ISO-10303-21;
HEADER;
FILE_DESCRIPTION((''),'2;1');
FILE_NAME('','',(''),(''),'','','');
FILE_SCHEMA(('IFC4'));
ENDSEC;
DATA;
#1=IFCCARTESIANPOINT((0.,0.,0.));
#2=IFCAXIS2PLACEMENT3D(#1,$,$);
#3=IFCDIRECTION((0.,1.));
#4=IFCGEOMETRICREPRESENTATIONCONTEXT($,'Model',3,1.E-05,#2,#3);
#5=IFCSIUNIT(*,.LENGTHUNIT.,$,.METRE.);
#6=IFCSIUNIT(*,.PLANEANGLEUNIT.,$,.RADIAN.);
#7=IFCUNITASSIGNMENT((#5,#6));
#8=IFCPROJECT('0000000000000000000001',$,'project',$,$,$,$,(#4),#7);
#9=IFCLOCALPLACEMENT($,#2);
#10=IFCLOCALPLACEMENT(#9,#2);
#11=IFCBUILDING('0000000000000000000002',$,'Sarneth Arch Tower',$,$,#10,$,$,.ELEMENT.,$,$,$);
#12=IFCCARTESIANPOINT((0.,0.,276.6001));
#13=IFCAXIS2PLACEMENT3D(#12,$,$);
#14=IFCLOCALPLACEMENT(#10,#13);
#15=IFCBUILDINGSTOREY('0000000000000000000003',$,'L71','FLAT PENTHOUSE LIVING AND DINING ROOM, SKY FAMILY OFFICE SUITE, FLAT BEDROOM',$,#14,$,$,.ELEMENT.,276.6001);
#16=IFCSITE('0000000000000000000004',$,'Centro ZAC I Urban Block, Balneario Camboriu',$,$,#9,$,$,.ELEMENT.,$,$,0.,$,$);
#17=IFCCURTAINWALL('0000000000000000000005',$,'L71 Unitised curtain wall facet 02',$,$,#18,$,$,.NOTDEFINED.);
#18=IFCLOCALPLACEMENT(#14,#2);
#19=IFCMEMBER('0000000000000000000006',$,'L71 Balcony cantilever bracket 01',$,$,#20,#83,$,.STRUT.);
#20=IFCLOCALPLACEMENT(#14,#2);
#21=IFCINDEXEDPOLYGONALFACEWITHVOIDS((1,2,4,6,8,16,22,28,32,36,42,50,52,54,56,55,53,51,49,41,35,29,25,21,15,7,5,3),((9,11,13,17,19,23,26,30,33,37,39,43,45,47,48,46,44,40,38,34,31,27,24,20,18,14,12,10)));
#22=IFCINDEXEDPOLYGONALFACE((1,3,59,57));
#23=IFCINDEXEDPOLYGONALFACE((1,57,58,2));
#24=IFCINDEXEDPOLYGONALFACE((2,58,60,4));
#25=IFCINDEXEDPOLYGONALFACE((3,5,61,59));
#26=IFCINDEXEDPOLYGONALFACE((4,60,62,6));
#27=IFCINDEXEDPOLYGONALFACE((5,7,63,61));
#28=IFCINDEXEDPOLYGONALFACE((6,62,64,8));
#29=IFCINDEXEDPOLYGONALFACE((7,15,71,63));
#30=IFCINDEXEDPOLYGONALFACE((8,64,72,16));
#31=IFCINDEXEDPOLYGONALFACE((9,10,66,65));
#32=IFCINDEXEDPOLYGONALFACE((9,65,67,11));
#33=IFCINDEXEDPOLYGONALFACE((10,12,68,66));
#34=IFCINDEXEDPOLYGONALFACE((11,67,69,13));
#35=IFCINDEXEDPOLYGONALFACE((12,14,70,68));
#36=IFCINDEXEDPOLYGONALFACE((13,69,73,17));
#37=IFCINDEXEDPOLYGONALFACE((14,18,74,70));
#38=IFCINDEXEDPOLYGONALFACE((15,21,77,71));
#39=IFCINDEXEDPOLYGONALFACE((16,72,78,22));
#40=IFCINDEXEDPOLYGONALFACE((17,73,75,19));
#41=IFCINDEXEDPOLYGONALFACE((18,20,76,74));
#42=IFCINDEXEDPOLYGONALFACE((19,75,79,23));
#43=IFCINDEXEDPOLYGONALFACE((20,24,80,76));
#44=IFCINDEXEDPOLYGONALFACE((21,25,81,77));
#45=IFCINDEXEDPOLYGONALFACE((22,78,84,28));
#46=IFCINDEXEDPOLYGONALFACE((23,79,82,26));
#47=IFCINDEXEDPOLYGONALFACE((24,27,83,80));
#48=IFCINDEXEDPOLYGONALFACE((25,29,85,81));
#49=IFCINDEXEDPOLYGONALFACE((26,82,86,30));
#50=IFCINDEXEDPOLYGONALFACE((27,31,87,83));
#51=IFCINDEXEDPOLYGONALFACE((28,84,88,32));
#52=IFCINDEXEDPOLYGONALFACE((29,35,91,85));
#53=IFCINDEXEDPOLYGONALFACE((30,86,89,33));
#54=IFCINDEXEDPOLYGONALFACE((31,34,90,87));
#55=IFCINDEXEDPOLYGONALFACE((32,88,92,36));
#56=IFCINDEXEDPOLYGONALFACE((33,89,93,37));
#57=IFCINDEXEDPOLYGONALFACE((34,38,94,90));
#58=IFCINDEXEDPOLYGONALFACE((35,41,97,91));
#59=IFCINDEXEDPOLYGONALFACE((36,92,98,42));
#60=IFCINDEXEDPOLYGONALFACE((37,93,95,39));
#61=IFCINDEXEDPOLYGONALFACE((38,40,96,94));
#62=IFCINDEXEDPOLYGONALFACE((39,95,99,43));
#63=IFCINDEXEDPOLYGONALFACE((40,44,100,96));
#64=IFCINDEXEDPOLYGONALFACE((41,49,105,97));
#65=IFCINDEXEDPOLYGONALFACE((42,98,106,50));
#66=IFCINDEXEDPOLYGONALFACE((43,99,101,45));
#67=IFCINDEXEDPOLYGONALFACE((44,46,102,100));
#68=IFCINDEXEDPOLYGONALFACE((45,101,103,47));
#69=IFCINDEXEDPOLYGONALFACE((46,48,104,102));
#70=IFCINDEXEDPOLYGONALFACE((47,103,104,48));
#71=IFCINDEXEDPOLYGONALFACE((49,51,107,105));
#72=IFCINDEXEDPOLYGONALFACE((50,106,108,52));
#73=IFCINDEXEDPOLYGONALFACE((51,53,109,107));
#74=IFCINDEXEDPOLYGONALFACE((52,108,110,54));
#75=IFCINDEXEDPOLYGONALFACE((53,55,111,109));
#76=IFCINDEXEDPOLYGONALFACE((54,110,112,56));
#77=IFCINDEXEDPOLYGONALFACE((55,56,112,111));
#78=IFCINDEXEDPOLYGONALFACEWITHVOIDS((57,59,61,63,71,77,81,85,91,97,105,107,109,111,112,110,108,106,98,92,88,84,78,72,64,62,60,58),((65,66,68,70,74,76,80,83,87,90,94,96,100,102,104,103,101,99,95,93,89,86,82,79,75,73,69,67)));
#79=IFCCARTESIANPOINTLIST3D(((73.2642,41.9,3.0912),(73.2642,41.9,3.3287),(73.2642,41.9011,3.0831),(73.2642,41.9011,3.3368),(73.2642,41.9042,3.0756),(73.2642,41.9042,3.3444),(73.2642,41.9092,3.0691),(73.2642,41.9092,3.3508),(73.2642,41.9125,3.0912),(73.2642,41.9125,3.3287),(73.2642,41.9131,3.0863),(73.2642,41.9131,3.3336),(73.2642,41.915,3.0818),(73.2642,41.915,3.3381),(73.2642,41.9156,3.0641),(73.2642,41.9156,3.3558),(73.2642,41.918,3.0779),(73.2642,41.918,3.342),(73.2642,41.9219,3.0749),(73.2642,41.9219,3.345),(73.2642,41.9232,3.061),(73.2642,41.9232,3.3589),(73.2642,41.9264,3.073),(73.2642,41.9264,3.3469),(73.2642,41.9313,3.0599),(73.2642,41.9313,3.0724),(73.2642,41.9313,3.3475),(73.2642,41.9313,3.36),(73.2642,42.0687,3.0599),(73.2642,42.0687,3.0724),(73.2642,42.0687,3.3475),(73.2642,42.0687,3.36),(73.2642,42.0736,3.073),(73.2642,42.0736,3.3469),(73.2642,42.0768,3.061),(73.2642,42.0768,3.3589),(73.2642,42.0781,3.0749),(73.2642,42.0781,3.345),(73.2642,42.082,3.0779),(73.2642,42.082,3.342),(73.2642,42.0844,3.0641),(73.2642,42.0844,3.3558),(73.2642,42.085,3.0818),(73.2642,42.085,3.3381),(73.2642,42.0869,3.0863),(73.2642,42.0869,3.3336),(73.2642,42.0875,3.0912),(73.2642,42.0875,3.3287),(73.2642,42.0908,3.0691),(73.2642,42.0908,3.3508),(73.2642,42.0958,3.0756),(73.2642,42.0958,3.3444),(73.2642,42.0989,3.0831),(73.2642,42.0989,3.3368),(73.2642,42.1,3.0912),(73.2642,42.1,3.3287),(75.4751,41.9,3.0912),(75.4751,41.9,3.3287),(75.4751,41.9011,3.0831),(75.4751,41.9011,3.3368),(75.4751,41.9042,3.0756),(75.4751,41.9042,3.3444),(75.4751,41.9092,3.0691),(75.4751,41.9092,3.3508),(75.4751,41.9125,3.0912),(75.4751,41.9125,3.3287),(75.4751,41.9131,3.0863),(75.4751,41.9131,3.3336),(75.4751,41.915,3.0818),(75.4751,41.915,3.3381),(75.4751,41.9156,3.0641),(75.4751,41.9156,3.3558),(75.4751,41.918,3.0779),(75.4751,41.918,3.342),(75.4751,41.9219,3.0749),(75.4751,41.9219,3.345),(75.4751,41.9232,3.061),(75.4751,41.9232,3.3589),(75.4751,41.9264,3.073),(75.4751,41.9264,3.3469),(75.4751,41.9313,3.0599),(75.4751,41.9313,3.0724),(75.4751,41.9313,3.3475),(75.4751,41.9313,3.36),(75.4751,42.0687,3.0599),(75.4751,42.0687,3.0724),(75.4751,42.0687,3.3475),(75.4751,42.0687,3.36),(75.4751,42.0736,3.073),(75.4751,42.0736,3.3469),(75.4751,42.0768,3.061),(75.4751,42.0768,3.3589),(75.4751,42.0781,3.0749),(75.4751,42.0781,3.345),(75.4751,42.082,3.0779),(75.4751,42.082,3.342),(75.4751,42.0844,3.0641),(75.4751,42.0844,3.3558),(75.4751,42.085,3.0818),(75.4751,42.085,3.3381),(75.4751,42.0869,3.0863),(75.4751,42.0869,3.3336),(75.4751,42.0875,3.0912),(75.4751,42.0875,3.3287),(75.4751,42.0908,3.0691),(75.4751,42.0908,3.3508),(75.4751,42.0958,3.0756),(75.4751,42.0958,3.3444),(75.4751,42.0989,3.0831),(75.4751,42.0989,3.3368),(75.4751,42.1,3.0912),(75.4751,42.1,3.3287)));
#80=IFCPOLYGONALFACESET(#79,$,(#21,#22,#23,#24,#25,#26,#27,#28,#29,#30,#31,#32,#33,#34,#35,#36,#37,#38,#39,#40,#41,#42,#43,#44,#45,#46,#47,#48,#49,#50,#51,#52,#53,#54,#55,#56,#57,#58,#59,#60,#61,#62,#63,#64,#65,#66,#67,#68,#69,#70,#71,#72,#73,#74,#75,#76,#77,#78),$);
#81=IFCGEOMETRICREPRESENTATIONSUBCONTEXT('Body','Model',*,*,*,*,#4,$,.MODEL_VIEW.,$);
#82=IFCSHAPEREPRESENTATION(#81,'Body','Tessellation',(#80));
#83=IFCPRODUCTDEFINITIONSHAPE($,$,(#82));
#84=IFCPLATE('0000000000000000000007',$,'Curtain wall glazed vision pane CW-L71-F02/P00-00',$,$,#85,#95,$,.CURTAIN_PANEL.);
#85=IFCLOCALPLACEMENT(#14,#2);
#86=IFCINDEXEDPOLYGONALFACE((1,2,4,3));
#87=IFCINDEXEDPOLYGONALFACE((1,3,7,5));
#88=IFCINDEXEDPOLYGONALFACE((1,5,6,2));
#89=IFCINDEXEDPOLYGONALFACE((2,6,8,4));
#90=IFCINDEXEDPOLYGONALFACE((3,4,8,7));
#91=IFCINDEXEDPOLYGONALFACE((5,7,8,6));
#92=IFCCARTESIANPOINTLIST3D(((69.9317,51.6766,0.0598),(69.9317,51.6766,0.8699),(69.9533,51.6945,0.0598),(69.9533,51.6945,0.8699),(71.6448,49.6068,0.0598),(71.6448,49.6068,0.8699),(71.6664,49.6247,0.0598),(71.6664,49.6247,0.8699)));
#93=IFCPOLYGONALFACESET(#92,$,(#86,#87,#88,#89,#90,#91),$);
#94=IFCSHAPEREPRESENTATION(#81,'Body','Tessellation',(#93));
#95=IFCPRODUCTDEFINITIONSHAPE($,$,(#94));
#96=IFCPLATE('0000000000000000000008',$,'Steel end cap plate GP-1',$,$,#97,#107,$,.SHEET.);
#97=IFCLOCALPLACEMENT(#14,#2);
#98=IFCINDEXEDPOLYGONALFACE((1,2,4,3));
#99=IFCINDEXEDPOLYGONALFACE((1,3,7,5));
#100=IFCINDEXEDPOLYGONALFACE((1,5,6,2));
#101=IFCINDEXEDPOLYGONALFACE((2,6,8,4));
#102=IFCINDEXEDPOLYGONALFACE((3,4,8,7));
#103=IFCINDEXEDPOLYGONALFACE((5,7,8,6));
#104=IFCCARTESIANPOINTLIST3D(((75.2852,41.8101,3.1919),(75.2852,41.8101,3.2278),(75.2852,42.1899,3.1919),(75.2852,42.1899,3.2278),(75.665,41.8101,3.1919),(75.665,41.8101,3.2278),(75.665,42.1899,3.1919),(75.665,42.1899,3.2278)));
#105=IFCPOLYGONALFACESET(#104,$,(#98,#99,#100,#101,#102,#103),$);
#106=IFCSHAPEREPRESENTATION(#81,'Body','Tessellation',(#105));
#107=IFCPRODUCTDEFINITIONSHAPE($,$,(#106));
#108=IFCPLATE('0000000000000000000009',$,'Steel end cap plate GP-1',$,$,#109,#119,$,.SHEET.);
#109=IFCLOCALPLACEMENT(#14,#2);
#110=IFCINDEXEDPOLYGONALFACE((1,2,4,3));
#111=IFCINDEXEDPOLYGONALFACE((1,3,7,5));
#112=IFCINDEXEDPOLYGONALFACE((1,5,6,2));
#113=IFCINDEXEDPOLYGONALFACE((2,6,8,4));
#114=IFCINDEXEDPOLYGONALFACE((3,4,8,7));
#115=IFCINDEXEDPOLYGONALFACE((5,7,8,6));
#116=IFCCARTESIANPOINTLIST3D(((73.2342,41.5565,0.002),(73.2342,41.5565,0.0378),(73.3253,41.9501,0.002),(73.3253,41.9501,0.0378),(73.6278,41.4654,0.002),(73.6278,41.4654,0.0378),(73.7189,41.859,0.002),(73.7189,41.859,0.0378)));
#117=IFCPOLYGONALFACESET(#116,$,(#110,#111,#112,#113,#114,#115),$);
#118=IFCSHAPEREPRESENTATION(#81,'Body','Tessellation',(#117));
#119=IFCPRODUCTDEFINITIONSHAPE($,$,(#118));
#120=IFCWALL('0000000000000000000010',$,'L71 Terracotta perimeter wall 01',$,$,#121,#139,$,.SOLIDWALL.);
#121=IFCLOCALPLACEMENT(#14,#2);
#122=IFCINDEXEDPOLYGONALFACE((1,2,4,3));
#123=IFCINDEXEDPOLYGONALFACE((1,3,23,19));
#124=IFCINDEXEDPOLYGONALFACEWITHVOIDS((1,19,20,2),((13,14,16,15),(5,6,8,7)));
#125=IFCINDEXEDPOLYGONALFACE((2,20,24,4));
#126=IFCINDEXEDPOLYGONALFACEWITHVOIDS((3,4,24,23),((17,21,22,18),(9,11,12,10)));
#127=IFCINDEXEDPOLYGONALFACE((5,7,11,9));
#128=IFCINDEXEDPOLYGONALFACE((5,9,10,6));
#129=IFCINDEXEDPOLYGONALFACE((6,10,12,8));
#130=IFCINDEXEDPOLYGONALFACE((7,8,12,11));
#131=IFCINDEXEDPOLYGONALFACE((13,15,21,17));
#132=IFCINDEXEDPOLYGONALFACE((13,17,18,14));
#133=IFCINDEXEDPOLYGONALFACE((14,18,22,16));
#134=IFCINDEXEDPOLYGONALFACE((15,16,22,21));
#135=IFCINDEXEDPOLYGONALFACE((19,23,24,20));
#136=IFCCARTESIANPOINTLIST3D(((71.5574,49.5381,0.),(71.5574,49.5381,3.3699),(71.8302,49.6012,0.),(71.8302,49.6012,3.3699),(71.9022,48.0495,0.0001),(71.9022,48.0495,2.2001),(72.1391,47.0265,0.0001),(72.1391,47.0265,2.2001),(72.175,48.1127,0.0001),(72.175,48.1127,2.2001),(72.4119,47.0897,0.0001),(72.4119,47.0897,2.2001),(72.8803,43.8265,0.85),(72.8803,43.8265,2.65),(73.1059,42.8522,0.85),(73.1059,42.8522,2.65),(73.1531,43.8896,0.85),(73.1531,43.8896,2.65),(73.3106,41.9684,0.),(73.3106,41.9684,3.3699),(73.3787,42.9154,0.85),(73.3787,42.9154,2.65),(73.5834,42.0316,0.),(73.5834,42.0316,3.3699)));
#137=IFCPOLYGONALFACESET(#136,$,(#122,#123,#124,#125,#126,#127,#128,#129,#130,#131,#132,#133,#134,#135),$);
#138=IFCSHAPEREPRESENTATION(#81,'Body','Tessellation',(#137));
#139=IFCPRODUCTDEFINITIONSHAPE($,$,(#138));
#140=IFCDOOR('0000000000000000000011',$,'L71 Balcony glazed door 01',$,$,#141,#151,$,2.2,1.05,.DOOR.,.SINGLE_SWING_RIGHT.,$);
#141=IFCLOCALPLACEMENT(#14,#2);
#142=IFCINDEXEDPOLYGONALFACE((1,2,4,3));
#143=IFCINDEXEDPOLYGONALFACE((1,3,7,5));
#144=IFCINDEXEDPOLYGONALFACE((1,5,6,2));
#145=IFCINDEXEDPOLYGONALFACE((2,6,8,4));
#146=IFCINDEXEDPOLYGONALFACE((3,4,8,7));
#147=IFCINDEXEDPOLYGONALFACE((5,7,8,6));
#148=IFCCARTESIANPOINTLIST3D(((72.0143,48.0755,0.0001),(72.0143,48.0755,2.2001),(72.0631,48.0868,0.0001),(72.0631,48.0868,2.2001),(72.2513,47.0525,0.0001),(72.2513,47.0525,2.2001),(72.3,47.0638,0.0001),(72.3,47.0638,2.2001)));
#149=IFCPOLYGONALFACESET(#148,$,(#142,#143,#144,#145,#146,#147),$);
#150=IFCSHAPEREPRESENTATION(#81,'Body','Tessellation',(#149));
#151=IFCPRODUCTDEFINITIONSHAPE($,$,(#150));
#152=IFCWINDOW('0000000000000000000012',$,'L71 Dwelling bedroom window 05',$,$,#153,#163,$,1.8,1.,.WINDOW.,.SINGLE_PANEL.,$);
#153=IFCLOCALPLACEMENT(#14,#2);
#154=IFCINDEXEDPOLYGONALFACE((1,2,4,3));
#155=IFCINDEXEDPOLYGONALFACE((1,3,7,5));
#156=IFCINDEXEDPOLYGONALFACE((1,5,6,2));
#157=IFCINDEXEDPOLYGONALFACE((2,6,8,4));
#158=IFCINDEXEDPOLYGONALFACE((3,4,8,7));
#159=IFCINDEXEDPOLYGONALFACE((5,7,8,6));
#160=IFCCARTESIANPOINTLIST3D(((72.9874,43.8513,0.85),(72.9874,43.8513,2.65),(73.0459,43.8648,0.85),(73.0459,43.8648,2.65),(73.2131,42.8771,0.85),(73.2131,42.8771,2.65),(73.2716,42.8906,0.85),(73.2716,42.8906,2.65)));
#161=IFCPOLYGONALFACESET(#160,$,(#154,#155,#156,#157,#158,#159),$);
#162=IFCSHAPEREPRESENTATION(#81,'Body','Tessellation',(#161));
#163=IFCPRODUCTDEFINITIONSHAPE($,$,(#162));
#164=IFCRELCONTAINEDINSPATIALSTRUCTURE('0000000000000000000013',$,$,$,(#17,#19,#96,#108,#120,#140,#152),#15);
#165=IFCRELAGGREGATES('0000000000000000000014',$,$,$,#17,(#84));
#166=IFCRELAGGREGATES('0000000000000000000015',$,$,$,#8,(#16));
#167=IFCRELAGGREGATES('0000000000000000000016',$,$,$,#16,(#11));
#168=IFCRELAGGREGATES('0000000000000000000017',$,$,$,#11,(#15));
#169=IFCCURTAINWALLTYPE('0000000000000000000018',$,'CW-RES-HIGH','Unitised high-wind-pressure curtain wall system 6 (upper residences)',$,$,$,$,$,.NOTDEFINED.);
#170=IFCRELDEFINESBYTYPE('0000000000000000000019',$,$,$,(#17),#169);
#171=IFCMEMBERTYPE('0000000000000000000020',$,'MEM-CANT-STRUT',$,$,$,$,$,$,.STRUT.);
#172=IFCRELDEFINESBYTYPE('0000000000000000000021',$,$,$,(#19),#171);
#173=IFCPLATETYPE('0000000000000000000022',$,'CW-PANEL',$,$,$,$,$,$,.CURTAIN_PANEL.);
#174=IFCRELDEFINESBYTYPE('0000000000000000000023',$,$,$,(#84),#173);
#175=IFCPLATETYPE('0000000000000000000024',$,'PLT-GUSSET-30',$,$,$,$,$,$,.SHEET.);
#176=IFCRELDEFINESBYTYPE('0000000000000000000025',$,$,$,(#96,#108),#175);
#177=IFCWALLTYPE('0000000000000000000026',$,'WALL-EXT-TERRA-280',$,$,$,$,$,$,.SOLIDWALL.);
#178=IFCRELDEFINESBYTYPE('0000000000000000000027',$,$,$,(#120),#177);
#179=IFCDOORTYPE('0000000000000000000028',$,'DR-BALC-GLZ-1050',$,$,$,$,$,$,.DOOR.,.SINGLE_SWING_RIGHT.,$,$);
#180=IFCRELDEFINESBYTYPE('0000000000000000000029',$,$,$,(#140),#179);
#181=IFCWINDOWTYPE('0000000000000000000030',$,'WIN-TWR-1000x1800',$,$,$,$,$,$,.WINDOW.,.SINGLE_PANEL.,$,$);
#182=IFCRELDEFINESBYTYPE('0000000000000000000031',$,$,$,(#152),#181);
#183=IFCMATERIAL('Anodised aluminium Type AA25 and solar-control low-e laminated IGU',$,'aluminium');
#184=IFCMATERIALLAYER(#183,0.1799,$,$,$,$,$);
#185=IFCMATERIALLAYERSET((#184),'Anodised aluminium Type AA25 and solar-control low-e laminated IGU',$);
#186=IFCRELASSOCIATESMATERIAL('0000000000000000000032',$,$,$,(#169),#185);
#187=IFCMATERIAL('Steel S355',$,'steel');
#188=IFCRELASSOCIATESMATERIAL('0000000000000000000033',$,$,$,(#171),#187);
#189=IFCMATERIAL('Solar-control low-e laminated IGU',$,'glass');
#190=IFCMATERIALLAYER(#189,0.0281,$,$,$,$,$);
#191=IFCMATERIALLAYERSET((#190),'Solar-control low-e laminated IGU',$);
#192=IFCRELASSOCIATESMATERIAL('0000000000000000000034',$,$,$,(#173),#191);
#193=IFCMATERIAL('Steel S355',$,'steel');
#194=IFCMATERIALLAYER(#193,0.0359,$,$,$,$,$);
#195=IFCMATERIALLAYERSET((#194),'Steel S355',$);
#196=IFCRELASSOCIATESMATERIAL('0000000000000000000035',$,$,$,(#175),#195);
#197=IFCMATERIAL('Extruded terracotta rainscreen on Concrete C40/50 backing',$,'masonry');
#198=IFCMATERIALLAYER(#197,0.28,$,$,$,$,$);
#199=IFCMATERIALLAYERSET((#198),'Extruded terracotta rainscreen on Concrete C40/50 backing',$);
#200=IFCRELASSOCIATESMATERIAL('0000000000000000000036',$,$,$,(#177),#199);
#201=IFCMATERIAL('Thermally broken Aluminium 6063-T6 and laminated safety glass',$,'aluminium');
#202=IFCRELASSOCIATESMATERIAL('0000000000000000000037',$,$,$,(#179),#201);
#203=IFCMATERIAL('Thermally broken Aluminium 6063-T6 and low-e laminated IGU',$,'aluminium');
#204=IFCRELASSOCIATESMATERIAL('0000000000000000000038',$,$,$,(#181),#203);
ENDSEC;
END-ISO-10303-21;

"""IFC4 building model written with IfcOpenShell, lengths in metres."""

from ifc_helpers import new_model, si_unit, direction, frame, frame_2d, origin, origin_2d, place, context, subcontext, project, spatial, rectangle, hollow_rectangle, extrude, material, layer, layer_set, material_profile, profile_set, type_object, element, fill, aggregate, save


model = new_model("IFC4")

# Units and contexts
model_context = context("Model", 3, precision=1e-05, world=origin(), true_north=direction((0.0, 1.0)))
body_context = subcontext(model_context, "Body", "Model", "MODEL_VIEW")
ifc_project = project(units=[si_unit("LENGTHUNIT", "METRE"), si_unit("PLANEANGLEUNIT", "RADIAN")], contexts=[model_context])

# Site, building, storey
site_placement = place(None, origin())
site = spatial("IfcSite", under=ifc_project, at=site_placement, Name="Centro ZAC I Urban Block, Balneario Camboriu", CompositionType="ELEMENT", RefElevation=0.0)
building_placement = place(site_placement, origin())
building = spatial("IfcBuilding", under=site, at=building_placement, Name="Sarneth Arch Tower", CompositionType="ELEMENT")
storey_placement = place(building_placement, frame((0.0, 0.0, 276.6001)))
storey = spatial("IfcBuildingStorey", under=building, at=storey_placement, Name="L71", Description="FLAT PENTHOUSE LIVING AND DINING ROOM, SKY FAMILY OFFICE SUITE, FLAT BEDROOM", CompositionType="ELEMENT", Elevation=276.6001)

# Curtain wall
ifc_material_1 = material(Name="Anodised aluminium Type AA25 and solar-control low-e laminated IGU", Category="aluminium")
ifc_layer_1 = layer(ifc_material_1, 0.1799)
ifc_layer_set_1 = layer_set([ifc_layer_1], Name="Anodised aluminium Type AA25 and solar-control low-e laminated IGU")
curtain_wall_type = type_object("IfcCurtainWallType", Name="CW-RES-HIGH", Description="Unitised high-wind-pressure curtain wall system 6 (upper residences)", PredefinedType="NOTDEFINED", material=ifc_layer_set_1)
curtain_wall_placement = place(storey_placement, origin())
curtain_wall = element("IfcCurtainWall", 1, at=curtain_wall_placement, inside=storey, type_object=curtain_wall_type, Name="L71 Unitised curtain wall facet 02", PredefinedType="NOTDEFINED")

# Member
ifc_material_2 = material(Name="Steel S355", Category="steel")
ifc_material_profile_1 = material_profile(ifc_material_2, hollow_rectangle(XDim=0.2, YDim=0.3, WallThickness=0.0125, InnerFilletRadius=0.0188, OuterFilletRadius=0.0312, at=origin_2d()), Name="RHS300x200x12.5")
ifc_profile_set_1 = profile_set([ifc_material_profile_1], Name="Steel S355")
member_type_1 = type_object("IfcMemberType", Name="MEM-CANT-STRUT", PredefinedType="STRUT", material=ifc_profile_set_1)
member_1_placement = place(storey_placement, frame((73.2642, 42.0, 3.21), z_axis=(1.0, 0.0, 0.0), x_axis=(0.0, 1.0, 0.0)))
element("IfcMember", 2, at=member_1_placement, inside=storey, type_object=member_type_1, Name="L71 Balcony cantilever bracket 01", PredefinedType="STRUT", context=body_context, shape_type="SweptSolid", body=[
    extrude(hollow_rectangle(XDim=0.2, YDim=0.3, WallThickness=0.0125, InnerFilletRadius=0.0188, OuterFilletRadius=0.0312, at=origin_2d()), origin(), (0.0, 0.0, 1.0), 2.2109),
])

# Plate
ifc_material_3 = material(Name="Solar-control low-e laminated IGU", Category="glass")
ifc_layer_2 = layer(ifc_material_3, 0.0281)
ifc_layer_set_2 = layer_set([ifc_layer_2], Name="Solar-control low-e laminated IGU")
plate_type_1 = type_object("IfcPlateType", Name="CW-PANEL", PredefinedType="CURTAIN_PANEL", material=ifc_layer_set_2)
plate_1_placement = place(storey_placement, frame((70.7991, 50.6506, 0.0598), z_axis=(0.0, 0.0, 1.0), x_axis=(-0.63761, 0.770359, 0.0)))
plate_1 = element("IfcPlate", 3, at=plate_1_placement, type_object=plate_type_1, Name="Curtain wall glazed vision pane CW-L71-F02/P00-00", PredefinedType="CURTAIN_PANEL", context=body_context, shape_type="SweptSolid", body=[
    extrude(rectangle(XDim=2.6868, YDim=0.0281, at=origin_2d()), origin(), (0.0, 0.0, 1.0), 0.8101),
])
aggregate(curtain_wall, [plate_1])

# Plates
ifc_material_4 = material(Name="Steel S355", Category="steel")
ifc_layer_3 = layer(ifc_material_4, 0.0359)
ifc_layer_set_3 = layer_set([ifc_layer_3], Name="Steel S355")
plate_type_2 = type_object("IfcPlateType", Name="PLT-GUSSET-30", PredefinedType="SHEET", material=ifc_layer_set_3)
plate_2_placement = place(storey_placement, frame((75.4751, 42.0, 3.1919), z_axis=(0.0, 0.0, 1.0), x_axis=(1.0, 0.0, 0.0)))
element("IfcPlate", 4, at=plate_2_placement, inside=storey, type_object=plate_type_2, Name="Steel end cap plate GP-1", PredefinedType="SHEET", context=body_context, shape_type="SweptSolid", body=[
    extrude(rectangle(XDim=0.3799, YDim=0.3799, at=origin_2d()), origin(), (0.0, 0.0, 1.0), 0.0359),
])
plate_3_placement = place(storey_placement, frame((73.4766, 41.7078, 0.002), z_axis=(0.0, 0.0, 1.0), x_axis=(0.225461, 0.974252, 0.0)))
element("IfcPlate", 5, at=plate_3_placement, inside=storey, type_object=plate_type_2, Name="Steel end cap plate GP-1", PredefinedType="SHEET", context=body_context, shape_type="SweptSolid", body=[
    extrude(rectangle(XDim=0.4041, YDim=0.4041, at=origin_2d()), origin(), (0.0, 0.0, 1.0), 0.0359),
])

# Wall, openings, door, window
ifc_material_5 = material(Name="Extruded terracotta rainscreen on Concrete C40/50 backing", Category="masonry")
ifc_layer_4 = layer(ifc_material_5, 0.28)
ifc_layer_set_4 = layer_set([ifc_layer_4], Name="Extruded terracotta rainscreen on Concrete C40/50 backing")
wall_type_1 = type_object("IfcWallType", Name="WALL-EXT-TERRA-280", PredefinedType="SOLIDWALL", material=ifc_layer_set_4)
wall_1_placement = place(storey_placement, frame((73.447, 42.0, 0.0), z_axis=(0.0, 0.0, 1.0), x_axis=(-0.225635, 0.974212, 0.0)))
wall_1 = element("IfcWall", 6, at=wall_1_placement, inside=storey, type_object=wall_type_1, Name="L71 Terracotta perimeter wall 01", PredefinedType="SOLIDWALL", context=body_context, shape_type="SweptSolid", body=[
    extrude(rectangle(XDim=7.77, YDim=0.28, at=frame_2d((3.885, 0.0))), origin(), (0.0, 0.0, 1.0), 3.3699),
])
opening_1_placement = place(wall_1_placement, frame((5.1921, 0.0, 0.0)))
opening_1 = element("IfcOpeningElement", 7, at=opening_1_placement, cuts=wall_1, PredefinedType="OPENING", context=body_context, shape_type="SweptSolid", body=[
    extrude(rectangle(XDim=1.05, YDim=2.2, at=frame_2d((0.5249, 1.1001))), frame((0.0, 0.1499, 0.0), z_axis=(0.0, -1.0, 0.0), x_axis=(1.0, 0.0, 0.0)), (0.0, 0.0, 1.0), 0.3),
])
opening_2_placement = place(wall_1_placement, frame((0.9072, 0.0, 0.8501)))
opening_2 = element("IfcOpeningElement", 8, at=opening_2_placement, cuts=wall_1, PredefinedType="OPENING", context=body_context, shape_type="SweptSolid", body=[
    extrude(rectangle(XDim=1.0, YDim=1.8, at=frame_2d((0.5, 0.8999))), frame((0.0, 0.1499, 0.0), z_axis=(0.0, -1.0, 0.0), x_axis=(1.0, 0.0, 0.0)), (0.0, 0.0, 1.0), 0.3),
])
ifc_material_6 = material(Name="Thermally broken Aluminium 6063-T6 and laminated safety glass", Category="aluminium")
door_type_1 = type_object("IfcDoorType", Name="DR-BALC-GLZ-1050", OperationType="SINGLE_SWING_RIGHT", PredefinedType="DOOR", material=ifc_material_6)
door_1_placement = place(opening_1_placement, origin())
door_1 = element("IfcDoor", 9, at=door_1_placement, inside=storey, type_object=door_type_1, Name="L71 Balcony glazed door 01", OperationType="SINGLE_SWING_RIGHT", OverallHeight=2.2, OverallWidth=1.05, PredefinedType="DOOR", context=body_context, shape_type="SweptSolid", body=[
    extrude(rectangle(XDim=1.05, YDim=2.2, at=frame_2d((0.5249, 1.1001))), frame((0.0, 0.0249, 0.0), z_axis=(0.0, -1.0, 0.0), x_axis=(1.0, 0.0, 0.0)), (0.0, 0.0, 1.0), 0.05),
])
fill(opening_1, door_1)
ifc_material_7 = material(Name="Thermally broken Aluminium 6063-T6 and low-e laminated IGU", Category="aluminium")
window_type = type_object("IfcWindowType", Name="WIN-TWR-1000x1800", PartitioningType="SINGLE_PANEL", PredefinedType="WINDOW", material=ifc_material_7)
window_placement = place(opening_2_placement, origin())
window = element("IfcWindow", 10, at=window_placement, inside=storey, type_object=window_type, Name="L71 Dwelling bedroom window 05", OverallHeight=1.8, OverallWidth=1.0, PartitioningType="SINGLE_PANEL", PredefinedType="WINDOW", context=body_context, shape_type="SweptSolid", body=[
    extrude(rectangle(XDim=1.0, YDim=1.8, at=frame_2d((0.5, 0.8999))), frame((0.0, 0.03, 0.0), z_axis=(0.0, -1.0, 0.0), x_axis=(1.0, 0.0, 0.0)), (0.0, 0.0, 1.0), 0.0601),
])
fill(opening_2, window)

save(model, "model.ifc")
